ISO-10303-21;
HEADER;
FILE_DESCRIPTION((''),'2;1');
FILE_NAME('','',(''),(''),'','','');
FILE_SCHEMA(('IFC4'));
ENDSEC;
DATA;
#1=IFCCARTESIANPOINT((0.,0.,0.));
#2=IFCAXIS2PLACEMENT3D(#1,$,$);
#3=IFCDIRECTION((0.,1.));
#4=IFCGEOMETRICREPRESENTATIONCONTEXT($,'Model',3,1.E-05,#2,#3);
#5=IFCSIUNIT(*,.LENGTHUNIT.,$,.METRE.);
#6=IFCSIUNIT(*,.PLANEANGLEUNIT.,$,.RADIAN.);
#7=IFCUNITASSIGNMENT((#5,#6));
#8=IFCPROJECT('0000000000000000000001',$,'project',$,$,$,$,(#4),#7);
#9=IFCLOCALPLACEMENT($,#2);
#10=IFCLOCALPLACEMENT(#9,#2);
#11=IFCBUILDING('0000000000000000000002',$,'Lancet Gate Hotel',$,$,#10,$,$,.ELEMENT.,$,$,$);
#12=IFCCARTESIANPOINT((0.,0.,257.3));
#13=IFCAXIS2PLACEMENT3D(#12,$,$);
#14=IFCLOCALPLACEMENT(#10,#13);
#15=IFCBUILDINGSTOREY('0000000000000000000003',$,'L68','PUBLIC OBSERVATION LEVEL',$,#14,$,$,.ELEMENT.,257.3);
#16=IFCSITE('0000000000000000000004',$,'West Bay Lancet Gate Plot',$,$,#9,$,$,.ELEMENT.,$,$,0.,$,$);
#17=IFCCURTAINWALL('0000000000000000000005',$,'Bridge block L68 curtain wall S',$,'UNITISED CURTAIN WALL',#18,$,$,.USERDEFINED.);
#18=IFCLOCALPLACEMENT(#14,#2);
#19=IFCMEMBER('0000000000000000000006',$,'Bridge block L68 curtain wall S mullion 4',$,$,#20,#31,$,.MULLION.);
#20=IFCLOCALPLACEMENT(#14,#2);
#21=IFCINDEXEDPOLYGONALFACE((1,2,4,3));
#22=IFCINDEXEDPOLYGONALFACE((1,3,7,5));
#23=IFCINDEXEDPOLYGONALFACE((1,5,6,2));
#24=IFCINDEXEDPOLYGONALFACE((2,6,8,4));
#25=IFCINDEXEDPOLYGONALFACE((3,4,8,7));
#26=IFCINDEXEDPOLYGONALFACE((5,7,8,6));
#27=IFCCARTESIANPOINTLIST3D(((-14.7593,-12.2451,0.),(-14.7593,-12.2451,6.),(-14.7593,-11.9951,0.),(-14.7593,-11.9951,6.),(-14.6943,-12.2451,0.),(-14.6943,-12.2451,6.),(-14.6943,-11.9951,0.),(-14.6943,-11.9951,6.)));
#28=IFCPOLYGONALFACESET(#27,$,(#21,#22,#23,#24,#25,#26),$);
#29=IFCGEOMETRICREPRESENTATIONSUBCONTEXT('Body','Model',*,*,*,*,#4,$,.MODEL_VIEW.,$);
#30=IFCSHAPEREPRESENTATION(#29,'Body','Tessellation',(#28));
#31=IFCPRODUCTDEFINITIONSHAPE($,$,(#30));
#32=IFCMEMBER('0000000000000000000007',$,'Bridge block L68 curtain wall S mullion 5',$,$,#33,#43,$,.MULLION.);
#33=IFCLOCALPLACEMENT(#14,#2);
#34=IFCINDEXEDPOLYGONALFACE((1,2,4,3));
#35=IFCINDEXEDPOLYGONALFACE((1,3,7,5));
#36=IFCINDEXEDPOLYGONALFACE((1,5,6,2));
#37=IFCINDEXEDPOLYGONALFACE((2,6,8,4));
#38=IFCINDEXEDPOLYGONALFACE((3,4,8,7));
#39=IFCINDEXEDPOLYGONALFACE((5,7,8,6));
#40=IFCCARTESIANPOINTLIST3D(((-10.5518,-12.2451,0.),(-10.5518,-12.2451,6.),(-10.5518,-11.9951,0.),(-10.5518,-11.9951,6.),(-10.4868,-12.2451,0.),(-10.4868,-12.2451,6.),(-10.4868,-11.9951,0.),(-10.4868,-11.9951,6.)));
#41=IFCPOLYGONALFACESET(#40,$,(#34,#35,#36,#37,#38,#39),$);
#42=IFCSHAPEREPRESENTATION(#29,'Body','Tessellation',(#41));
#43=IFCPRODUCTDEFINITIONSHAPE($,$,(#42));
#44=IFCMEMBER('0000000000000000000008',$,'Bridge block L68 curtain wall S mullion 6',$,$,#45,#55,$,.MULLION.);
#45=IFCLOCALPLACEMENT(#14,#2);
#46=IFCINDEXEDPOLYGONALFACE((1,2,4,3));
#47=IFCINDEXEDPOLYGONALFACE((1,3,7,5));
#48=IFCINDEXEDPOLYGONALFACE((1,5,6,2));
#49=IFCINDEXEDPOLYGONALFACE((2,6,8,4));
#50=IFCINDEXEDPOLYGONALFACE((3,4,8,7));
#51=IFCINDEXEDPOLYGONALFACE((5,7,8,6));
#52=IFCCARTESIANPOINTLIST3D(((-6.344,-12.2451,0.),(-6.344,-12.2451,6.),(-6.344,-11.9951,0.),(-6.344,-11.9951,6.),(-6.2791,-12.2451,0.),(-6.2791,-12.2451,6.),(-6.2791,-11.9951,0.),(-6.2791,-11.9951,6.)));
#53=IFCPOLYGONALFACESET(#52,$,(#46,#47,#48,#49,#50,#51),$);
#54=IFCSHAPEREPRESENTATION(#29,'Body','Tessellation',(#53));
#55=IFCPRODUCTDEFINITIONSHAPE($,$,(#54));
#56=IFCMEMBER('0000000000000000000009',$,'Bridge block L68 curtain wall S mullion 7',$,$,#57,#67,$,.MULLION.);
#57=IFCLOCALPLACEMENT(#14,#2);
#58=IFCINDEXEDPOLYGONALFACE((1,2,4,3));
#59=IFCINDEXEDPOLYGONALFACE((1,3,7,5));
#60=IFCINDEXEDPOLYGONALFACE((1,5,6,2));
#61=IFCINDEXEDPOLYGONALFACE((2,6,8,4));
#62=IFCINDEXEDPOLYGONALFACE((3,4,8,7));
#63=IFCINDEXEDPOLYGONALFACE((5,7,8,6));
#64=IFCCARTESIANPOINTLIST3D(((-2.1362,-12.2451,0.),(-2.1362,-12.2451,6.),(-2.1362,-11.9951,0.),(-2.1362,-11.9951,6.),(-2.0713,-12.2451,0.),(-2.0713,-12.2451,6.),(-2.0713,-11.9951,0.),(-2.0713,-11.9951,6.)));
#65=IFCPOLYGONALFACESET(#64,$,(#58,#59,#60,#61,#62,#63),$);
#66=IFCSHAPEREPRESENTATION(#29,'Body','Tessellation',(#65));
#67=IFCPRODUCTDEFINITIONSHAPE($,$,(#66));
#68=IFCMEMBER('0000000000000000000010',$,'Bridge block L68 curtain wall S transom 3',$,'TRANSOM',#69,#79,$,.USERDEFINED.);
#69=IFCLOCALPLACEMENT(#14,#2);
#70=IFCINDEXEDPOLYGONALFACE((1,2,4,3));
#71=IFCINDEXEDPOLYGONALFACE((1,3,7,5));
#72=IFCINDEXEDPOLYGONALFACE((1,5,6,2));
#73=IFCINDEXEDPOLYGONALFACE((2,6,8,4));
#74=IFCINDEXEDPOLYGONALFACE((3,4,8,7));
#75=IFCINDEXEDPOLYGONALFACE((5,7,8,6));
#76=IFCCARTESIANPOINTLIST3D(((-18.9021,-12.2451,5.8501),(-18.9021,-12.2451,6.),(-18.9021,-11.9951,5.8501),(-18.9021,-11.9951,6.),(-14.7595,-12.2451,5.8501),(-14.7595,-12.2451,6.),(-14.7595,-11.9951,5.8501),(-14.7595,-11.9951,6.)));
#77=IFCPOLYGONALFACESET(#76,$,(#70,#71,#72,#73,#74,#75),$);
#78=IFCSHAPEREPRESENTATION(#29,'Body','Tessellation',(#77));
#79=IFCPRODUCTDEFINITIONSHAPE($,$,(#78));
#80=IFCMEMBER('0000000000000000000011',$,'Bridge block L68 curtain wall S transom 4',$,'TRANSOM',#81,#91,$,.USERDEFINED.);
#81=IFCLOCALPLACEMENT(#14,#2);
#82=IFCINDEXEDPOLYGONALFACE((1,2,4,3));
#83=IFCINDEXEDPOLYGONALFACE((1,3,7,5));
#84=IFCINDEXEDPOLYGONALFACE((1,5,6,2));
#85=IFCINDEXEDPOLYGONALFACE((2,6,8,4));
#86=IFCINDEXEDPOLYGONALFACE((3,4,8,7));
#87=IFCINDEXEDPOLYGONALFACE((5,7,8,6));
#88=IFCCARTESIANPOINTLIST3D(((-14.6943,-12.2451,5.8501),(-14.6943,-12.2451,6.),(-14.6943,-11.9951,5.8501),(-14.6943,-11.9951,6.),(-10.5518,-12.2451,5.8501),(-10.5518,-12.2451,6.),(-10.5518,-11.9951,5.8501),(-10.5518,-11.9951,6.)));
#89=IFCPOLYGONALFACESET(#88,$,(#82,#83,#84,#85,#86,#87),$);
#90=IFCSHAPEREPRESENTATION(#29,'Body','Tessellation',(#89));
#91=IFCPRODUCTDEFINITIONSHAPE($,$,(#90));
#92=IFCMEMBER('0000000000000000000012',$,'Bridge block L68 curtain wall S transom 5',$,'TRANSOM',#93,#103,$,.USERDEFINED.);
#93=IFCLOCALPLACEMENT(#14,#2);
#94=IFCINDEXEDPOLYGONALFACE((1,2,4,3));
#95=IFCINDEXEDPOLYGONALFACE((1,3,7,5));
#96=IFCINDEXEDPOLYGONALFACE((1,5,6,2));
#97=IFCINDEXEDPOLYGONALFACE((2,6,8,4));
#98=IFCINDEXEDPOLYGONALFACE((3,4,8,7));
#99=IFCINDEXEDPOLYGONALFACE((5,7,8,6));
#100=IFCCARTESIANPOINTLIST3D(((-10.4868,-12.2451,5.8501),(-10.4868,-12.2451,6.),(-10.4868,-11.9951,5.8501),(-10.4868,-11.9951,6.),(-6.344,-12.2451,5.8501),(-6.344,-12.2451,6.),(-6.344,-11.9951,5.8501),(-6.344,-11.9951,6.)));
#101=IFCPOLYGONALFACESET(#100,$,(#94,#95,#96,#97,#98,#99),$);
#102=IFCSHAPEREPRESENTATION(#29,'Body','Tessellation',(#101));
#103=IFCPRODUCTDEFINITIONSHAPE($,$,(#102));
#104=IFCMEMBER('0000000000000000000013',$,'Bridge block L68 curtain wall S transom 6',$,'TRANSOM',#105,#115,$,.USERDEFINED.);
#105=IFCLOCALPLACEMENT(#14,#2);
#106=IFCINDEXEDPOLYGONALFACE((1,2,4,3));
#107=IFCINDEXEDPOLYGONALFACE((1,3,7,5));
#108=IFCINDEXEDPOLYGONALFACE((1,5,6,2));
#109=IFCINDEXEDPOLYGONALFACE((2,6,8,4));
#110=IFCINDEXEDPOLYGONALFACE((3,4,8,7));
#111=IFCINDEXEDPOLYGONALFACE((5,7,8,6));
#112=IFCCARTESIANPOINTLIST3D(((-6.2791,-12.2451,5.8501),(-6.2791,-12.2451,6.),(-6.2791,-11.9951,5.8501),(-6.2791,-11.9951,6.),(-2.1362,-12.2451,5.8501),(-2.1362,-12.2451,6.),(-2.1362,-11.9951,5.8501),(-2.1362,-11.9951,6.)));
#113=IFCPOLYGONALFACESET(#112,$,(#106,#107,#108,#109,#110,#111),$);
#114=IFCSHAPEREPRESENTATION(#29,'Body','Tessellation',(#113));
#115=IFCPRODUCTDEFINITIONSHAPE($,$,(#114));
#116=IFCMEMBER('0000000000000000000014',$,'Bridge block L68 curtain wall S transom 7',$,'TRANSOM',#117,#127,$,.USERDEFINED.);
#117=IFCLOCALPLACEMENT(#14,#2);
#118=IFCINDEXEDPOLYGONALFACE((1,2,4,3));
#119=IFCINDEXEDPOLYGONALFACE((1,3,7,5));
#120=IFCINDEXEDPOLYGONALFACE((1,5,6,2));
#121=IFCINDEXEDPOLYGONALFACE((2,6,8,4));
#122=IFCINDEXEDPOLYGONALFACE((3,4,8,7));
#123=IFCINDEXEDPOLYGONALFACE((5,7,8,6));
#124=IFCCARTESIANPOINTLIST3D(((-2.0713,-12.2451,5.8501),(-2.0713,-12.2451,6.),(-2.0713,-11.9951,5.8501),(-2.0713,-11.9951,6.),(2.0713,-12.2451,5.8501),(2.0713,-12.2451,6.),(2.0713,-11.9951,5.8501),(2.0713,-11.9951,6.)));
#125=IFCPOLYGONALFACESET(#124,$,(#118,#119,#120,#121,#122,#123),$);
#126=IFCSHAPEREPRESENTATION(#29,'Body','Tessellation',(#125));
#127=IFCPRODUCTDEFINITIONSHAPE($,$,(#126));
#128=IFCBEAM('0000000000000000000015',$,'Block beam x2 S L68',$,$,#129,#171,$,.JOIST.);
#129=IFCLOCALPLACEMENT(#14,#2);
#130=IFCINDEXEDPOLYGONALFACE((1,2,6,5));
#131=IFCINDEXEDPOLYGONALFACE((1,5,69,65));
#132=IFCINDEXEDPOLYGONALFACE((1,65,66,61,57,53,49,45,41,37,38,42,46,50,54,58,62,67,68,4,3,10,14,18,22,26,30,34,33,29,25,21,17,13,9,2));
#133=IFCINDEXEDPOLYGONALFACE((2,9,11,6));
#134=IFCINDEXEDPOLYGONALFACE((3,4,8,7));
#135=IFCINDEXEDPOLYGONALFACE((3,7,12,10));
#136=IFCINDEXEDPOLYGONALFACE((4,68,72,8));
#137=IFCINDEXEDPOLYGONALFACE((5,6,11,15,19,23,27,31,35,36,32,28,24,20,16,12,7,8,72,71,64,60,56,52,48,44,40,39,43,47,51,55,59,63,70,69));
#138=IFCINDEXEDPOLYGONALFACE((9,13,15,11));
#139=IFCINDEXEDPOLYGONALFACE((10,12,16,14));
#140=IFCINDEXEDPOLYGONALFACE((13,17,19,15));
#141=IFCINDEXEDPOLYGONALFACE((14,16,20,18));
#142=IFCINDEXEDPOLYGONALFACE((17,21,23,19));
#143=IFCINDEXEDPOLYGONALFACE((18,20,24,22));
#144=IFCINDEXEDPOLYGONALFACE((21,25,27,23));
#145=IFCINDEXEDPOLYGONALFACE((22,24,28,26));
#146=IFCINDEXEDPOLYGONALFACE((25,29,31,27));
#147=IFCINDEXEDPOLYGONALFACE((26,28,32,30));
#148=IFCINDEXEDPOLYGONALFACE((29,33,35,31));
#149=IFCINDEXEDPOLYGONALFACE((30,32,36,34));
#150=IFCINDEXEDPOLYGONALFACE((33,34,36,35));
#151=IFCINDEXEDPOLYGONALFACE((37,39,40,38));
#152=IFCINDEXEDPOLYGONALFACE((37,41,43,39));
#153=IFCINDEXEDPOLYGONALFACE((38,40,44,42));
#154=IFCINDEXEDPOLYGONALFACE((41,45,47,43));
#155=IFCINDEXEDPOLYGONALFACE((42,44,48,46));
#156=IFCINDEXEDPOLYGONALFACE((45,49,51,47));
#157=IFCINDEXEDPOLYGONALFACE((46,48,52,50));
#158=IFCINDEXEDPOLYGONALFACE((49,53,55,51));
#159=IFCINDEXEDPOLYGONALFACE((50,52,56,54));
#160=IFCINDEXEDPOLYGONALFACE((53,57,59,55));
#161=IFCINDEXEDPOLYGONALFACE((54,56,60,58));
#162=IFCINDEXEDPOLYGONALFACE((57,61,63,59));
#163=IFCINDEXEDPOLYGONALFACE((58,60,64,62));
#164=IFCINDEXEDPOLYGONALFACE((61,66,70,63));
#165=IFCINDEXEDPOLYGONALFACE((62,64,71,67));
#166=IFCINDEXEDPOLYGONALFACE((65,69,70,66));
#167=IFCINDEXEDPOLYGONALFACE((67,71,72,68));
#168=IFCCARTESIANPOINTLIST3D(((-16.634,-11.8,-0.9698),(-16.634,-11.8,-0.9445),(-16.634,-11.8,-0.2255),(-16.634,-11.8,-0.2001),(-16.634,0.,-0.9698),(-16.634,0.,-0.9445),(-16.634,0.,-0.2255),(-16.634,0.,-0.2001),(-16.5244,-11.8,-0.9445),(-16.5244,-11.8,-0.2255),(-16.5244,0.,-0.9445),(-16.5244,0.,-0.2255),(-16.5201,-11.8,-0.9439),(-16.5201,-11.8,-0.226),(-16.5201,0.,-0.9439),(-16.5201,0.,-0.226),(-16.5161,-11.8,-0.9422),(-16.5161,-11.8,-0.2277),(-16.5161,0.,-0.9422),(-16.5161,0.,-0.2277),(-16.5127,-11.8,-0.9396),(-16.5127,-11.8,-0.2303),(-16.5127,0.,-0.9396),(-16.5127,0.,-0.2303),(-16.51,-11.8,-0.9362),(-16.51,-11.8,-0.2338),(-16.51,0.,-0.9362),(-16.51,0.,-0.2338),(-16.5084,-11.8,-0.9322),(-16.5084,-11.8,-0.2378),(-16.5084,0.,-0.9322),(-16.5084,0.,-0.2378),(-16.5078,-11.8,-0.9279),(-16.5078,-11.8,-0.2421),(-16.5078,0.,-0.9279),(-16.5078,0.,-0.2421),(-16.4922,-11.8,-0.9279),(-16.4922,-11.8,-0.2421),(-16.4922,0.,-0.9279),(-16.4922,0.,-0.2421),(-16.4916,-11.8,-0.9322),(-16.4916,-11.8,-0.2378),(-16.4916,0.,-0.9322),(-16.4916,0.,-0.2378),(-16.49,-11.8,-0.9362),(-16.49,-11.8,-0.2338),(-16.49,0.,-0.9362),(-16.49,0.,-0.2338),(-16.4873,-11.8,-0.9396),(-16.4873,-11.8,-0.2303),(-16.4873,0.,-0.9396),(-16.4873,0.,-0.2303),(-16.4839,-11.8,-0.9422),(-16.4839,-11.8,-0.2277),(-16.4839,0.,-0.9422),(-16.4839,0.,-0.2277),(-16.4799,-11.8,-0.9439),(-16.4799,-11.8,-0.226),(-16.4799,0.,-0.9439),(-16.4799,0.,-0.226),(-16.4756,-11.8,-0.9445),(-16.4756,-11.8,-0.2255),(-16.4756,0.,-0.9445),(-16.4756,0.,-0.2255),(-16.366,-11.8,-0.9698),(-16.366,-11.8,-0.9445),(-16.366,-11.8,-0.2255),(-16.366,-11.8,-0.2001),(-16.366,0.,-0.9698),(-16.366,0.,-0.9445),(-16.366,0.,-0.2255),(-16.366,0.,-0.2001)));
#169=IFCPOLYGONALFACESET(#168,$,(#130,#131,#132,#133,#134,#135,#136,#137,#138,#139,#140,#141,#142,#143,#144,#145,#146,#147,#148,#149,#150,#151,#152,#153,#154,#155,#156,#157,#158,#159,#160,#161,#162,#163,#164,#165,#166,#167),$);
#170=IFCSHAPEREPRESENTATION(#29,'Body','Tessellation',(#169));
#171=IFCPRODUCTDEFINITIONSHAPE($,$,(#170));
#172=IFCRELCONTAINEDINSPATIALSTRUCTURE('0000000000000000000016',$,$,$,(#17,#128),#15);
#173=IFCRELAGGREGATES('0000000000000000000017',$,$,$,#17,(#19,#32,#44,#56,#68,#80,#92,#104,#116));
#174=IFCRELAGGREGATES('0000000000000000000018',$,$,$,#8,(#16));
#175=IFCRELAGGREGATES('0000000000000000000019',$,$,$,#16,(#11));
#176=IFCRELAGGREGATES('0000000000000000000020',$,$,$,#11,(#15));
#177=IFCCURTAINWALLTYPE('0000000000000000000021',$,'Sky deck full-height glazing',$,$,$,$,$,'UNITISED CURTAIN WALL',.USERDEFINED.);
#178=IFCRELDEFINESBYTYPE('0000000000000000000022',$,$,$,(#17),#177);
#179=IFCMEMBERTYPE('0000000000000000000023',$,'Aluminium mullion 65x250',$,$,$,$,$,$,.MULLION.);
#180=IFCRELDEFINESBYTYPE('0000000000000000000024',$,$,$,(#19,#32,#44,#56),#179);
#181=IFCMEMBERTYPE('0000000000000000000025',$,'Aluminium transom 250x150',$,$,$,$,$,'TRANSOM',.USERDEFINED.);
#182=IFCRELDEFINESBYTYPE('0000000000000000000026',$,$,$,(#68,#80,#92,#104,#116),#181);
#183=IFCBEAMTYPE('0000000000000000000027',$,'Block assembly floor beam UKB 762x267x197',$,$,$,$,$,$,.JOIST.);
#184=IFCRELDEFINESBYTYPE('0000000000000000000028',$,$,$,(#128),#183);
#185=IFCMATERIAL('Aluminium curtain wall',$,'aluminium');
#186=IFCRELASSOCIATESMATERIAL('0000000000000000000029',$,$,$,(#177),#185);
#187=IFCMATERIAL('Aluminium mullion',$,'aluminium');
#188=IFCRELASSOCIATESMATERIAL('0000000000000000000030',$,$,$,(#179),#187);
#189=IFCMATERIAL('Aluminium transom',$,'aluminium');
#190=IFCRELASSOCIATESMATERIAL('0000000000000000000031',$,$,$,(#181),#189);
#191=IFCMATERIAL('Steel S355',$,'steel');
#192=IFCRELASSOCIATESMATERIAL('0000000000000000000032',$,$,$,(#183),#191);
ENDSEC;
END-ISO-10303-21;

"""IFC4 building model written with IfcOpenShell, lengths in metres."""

from ifc_helpers import new_model, si_unit, direction, frame, origin, origin_2d, place, context, subcontext, project, spatial, rectangle, i_section, extrude, material, material_profile, profile_set, type_object, element, aggregate, save


model = new_model("IFC4")

# Units and contexts
model_context = context("Model", 3, precision=1e-05, world=origin(), true_north=direction((0.0, 1.0)))
body_context = subcontext(model_context, "Body", "Model", "MODEL_VIEW")
ifc_project = project(units=[si_unit("LENGTHUNIT", "METRE"), si_unit("PLANEANGLEUNIT", "RADIAN")], contexts=[model_context])

# Site, building, storey
site_placement = place(None, origin())
site = spatial("IfcSite", under=ifc_project, at=site_placement, Name="West Bay Lancet Gate Plot", CompositionType="ELEMENT", RefElevation=0.0)
building_placement = place(site_placement, origin())
building = spatial("IfcBuilding", under=site, at=building_placement, Name="Lancet Gate Hotel", CompositionType="ELEMENT")
storey_placement = place(building_placement, frame((0.0, 0.0, 257.3)))
storey = spatial("IfcBuildingStorey", under=building, at=storey_placement, Name="L68", Description="PUBLIC OBSERVATION LEVEL", CompositionType="ELEMENT", Elevation=257.3)

# Curtain wall, members
ifc_material_1 = material(Name="Aluminium curtain wall", Category="aluminium")
curtain_wall_type = type_object("IfcCurtainWallType", Name="Sky deck full-height glazing", ElementType="UNITISED CURTAIN WALL", PredefinedType="USERDEFINED", material=ifc_material_1)
curtain_wall_placement = place(storey_placement, origin())
curtain_wall = element("IfcCurtainWall", 1, at=curtain_wall_placement, inside=storey, type_object=curtain_wall_type, Name="Bridge block L68 curtain wall S", ObjectType="UNITISED CURTAIN WALL", PredefinedType="USERDEFINED")
ifc_material_2 = material(Name="Aluminium mullion", Category="aluminium")
ifc_material_profile_1 = material_profile(ifc_material_2, rectangle(XDim=0.0649, YDim=0.25, at=origin_2d()), Name="MULLION 65x250")
ifc_profile_set_1 = profile_set([ifc_material_profile_1], Name="Aluminium mullion")
member_type_1 = type_object("IfcMemberType", Name="Aluminium mullion 65x250", PredefinedType="MULLION", material=ifc_profile_set_1)
member_1_placement = place(storey_placement, frame((-14.7268, -12.1201, 0.0), z_axis=(0.0, 0.0, 1.0), x_axis=(1.0, 0.0, 0.0)))
member_1 = element("IfcMember", 2, at=member_1_placement, type_object=member_type_1, Name="Bridge block L68 curtain wall S mullion 4", PredefinedType="MULLION", context=body_context, shape_type="SweptSolid", body=[
    extrude(rectangle(XDim=0.0649, YDim=0.25, at=origin_2d()), origin(), (0.0, 0.0, 1.0), 6.0),
])
member_2_placement = place(storey_placement, frame((-10.5193, -12.1201, 0.0), z_axis=(0.0, 0.0, 1.0), x_axis=(1.0, 0.0, 0.0)))
member_2 = element("IfcMember", 3, at=member_2_placement, type_object=member_type_1, Name="Bridge block L68 curtain wall S mullion 5", PredefinedType="MULLION", context=body_context, shape_type="SweptSolid", body=[
    extrude(rectangle(XDim=0.0649, YDim=0.25, at=origin_2d()), origin(), (0.0, 0.0, 1.0), 6.0),
])
member_3_placement = place(storey_placement, frame((-6.3115, -12.1201, 0.0), z_axis=(0.0, 0.0, 1.0), x_axis=(1.0, 0.0, 0.0)))
member_3 = element("IfcMember", 4, at=member_3_placement, type_object=member_type_1, Name="Bridge block L68 curtain wall S mullion 6", PredefinedType="MULLION", context=body_context, shape_type="SweptSolid", body=[
    extrude(rectangle(XDim=0.0649, YDim=0.25, at=origin_2d()), origin(), (0.0, 0.0, 1.0), 6.0),
])
member_4_placement = place(storey_placement, frame((-2.1038, -12.1201, 0.0), z_axis=(0.0, 0.0, 1.0), x_axis=(1.0, 0.0, 0.0)))
member_4 = element("IfcMember", 5, at=member_4_placement, type_object=member_type_1, Name="Bridge block L68 curtain wall S mullion 7", PredefinedType="MULLION", context=body_context, shape_type="SweptSolid", body=[
    extrude(rectangle(XDim=0.0649, YDim=0.25, at=origin_2d()), origin(), (0.0, 0.0, 1.0), 6.0),
])
ifc_material_3 = material(Name="Aluminium transom", Category="aluminium")
ifc_material_profile_2 = material_profile(ifc_material_3, rectangle(XDim=0.25, YDim=0.1499, at=origin_2d()), Name="TRANSOM 250x150")
ifc_profile_set_2 = profile_set([ifc_material_profile_2], Name="Aluminium transom")
member_type_2 = type_object("IfcMemberType", Name="Aluminium transom 250x150", ElementType="TRANSOM", PredefinedType="USERDEFINED", material=ifc_profile_set_2)
member_5_placement = place(storey_placement, frame((-18.9021, -12.1201, 5.925), z_axis=(1.0, 0.0, 0.0), x_axis=(0.0, 1.0, 0.0)))
member_5 = element("IfcMember", 6, at=member_5_placement, type_object=member_type_2, Name="Bridge block L68 curtain wall S transom 3", ObjectType="TRANSOM", PredefinedType="USERDEFINED", context=body_context, shape_type="SweptSolid", body=[
    extrude(rectangle(XDim=0.25, YDim=0.1499, at=origin_2d()), origin(), (0.0, 0.0, 1.0), 4.1426),
])
member_6_placement = place(storey_placement, frame((-14.6943, -12.1201, 5.925), z_axis=(1.0, 0.0, 0.0), x_axis=(0.0, 1.0, 0.0)))
member_6 = element("IfcMember", 7, at=member_6_placement, type_object=member_type_2, Name="Bridge block L68 curtain wall S transom 4", ObjectType="TRANSOM", PredefinedType="USERDEFINED", context=body_context, shape_type="SweptSolid", body=[
    extrude(rectangle(XDim=0.25, YDim=0.1499, at=origin_2d()), origin(), (0.0, 0.0, 1.0), 4.1426),
])
member_7_placement = place(storey_placement, frame((-10.4868, -12.1201, 5.925), z_axis=(1.0, 0.0, 0.0), x_axis=(0.0, 1.0, 0.0)))
member_7 = element("IfcMember", 8, at=member_7_placement, type_object=member_type_2, Name="Bridge block L68 curtain wall S transom 5", ObjectType="TRANSOM", PredefinedType="USERDEFINED", context=body_context, shape_type="SweptSolid", body=[
    extrude(rectangle(XDim=0.25, YDim=0.1499, at=origin_2d()), origin(), (0.0, 0.0, 1.0), 4.1428),
])
member_8_placement = place(storey_placement, frame((-6.2791, -12.1201, 5.925), z_axis=(1.0, 0.0, 0.0), x_axis=(0.0, 1.0, 0.0)))
member_8 = element("IfcMember", 9, at=member_8_placement, type_object=member_type_2, Name="Bridge block L68 curtain wall S transom 6", ObjectType="TRANSOM", PredefinedType="USERDEFINED", context=body_context, shape_type="SweptSolid", body=[
    extrude(rectangle(XDim=0.25, YDim=0.1499, at=origin_2d()), origin(), (0.0, 0.0, 1.0), 4.1428),
])
member_9_placement = place(storey_placement, frame((-2.0713, -12.1201, 5.925), z_axis=(1.0, 0.0, 0.0), x_axis=(0.0, 1.0, 0.0)))
member_9 = element("IfcMember", 10, at=member_9_placement, type_object=member_type_2, Name="Bridge block L68 curtain wall S transom 7", ObjectType="TRANSOM", PredefinedType="USERDEFINED", context=body_context, shape_type="SweptSolid", body=[
    extrude(rectangle(XDim=0.25, YDim=0.1499, at=origin_2d()), origin(), (0.0, 0.0, 1.0), 4.1426),
])

# Beam
ifc_material_4 = material(Name="Steel S355", Category="steel")
ifc_material_profile_3 = material_profile(ifc_material_4, i_section(OverallWidth=0.2681, OverallDepth=0.7698, WebThickness=0.0156, FlangeThickness=0.0254, FilletRadius=0.0166, at=origin_2d()), Name="UKB 762x267x197")
ifc_profile_set_3 = profile_set([ifc_material_profile_3], Name="Steel S355")
beam_type_1 = type_object("IfcBeamType", Name="Block assembly floor beam UKB 762x267x197", PredefinedType="JOIST", material=ifc_profile_set_3)
for number, where, z_axis, x_axis, name in (
    (11, (-16.5, -11.8, -0.585), (0.0, 1.0, 0.0), (-1.0, 0.0, 0.0), "Block beam x2 S L68"),
):
    element("IfcBeam", number, at=place(storey_placement, frame(where, z_axis=z_axis, x_axis=x_axis)), inside=storey, type_object=beam_type_1, Name=name, PredefinedType="JOIST", context=body_context, shape_type="SweptSolid", body=[
        extrude(i_section(OverallWidth=0.2681, OverallDepth=0.7698, WebThickness=0.0156, FlangeThickness=0.0254, FilletRadius=0.0166, at=origin_2d()), origin(), (0.0, 0.0, 1.0), 11.8),
    ])

aggregate(curtain_wall, [member_1, member_2, member_3, member_4, member_5, member_6, member_7, member_8, member_9])

save(model, "model.ifc")
